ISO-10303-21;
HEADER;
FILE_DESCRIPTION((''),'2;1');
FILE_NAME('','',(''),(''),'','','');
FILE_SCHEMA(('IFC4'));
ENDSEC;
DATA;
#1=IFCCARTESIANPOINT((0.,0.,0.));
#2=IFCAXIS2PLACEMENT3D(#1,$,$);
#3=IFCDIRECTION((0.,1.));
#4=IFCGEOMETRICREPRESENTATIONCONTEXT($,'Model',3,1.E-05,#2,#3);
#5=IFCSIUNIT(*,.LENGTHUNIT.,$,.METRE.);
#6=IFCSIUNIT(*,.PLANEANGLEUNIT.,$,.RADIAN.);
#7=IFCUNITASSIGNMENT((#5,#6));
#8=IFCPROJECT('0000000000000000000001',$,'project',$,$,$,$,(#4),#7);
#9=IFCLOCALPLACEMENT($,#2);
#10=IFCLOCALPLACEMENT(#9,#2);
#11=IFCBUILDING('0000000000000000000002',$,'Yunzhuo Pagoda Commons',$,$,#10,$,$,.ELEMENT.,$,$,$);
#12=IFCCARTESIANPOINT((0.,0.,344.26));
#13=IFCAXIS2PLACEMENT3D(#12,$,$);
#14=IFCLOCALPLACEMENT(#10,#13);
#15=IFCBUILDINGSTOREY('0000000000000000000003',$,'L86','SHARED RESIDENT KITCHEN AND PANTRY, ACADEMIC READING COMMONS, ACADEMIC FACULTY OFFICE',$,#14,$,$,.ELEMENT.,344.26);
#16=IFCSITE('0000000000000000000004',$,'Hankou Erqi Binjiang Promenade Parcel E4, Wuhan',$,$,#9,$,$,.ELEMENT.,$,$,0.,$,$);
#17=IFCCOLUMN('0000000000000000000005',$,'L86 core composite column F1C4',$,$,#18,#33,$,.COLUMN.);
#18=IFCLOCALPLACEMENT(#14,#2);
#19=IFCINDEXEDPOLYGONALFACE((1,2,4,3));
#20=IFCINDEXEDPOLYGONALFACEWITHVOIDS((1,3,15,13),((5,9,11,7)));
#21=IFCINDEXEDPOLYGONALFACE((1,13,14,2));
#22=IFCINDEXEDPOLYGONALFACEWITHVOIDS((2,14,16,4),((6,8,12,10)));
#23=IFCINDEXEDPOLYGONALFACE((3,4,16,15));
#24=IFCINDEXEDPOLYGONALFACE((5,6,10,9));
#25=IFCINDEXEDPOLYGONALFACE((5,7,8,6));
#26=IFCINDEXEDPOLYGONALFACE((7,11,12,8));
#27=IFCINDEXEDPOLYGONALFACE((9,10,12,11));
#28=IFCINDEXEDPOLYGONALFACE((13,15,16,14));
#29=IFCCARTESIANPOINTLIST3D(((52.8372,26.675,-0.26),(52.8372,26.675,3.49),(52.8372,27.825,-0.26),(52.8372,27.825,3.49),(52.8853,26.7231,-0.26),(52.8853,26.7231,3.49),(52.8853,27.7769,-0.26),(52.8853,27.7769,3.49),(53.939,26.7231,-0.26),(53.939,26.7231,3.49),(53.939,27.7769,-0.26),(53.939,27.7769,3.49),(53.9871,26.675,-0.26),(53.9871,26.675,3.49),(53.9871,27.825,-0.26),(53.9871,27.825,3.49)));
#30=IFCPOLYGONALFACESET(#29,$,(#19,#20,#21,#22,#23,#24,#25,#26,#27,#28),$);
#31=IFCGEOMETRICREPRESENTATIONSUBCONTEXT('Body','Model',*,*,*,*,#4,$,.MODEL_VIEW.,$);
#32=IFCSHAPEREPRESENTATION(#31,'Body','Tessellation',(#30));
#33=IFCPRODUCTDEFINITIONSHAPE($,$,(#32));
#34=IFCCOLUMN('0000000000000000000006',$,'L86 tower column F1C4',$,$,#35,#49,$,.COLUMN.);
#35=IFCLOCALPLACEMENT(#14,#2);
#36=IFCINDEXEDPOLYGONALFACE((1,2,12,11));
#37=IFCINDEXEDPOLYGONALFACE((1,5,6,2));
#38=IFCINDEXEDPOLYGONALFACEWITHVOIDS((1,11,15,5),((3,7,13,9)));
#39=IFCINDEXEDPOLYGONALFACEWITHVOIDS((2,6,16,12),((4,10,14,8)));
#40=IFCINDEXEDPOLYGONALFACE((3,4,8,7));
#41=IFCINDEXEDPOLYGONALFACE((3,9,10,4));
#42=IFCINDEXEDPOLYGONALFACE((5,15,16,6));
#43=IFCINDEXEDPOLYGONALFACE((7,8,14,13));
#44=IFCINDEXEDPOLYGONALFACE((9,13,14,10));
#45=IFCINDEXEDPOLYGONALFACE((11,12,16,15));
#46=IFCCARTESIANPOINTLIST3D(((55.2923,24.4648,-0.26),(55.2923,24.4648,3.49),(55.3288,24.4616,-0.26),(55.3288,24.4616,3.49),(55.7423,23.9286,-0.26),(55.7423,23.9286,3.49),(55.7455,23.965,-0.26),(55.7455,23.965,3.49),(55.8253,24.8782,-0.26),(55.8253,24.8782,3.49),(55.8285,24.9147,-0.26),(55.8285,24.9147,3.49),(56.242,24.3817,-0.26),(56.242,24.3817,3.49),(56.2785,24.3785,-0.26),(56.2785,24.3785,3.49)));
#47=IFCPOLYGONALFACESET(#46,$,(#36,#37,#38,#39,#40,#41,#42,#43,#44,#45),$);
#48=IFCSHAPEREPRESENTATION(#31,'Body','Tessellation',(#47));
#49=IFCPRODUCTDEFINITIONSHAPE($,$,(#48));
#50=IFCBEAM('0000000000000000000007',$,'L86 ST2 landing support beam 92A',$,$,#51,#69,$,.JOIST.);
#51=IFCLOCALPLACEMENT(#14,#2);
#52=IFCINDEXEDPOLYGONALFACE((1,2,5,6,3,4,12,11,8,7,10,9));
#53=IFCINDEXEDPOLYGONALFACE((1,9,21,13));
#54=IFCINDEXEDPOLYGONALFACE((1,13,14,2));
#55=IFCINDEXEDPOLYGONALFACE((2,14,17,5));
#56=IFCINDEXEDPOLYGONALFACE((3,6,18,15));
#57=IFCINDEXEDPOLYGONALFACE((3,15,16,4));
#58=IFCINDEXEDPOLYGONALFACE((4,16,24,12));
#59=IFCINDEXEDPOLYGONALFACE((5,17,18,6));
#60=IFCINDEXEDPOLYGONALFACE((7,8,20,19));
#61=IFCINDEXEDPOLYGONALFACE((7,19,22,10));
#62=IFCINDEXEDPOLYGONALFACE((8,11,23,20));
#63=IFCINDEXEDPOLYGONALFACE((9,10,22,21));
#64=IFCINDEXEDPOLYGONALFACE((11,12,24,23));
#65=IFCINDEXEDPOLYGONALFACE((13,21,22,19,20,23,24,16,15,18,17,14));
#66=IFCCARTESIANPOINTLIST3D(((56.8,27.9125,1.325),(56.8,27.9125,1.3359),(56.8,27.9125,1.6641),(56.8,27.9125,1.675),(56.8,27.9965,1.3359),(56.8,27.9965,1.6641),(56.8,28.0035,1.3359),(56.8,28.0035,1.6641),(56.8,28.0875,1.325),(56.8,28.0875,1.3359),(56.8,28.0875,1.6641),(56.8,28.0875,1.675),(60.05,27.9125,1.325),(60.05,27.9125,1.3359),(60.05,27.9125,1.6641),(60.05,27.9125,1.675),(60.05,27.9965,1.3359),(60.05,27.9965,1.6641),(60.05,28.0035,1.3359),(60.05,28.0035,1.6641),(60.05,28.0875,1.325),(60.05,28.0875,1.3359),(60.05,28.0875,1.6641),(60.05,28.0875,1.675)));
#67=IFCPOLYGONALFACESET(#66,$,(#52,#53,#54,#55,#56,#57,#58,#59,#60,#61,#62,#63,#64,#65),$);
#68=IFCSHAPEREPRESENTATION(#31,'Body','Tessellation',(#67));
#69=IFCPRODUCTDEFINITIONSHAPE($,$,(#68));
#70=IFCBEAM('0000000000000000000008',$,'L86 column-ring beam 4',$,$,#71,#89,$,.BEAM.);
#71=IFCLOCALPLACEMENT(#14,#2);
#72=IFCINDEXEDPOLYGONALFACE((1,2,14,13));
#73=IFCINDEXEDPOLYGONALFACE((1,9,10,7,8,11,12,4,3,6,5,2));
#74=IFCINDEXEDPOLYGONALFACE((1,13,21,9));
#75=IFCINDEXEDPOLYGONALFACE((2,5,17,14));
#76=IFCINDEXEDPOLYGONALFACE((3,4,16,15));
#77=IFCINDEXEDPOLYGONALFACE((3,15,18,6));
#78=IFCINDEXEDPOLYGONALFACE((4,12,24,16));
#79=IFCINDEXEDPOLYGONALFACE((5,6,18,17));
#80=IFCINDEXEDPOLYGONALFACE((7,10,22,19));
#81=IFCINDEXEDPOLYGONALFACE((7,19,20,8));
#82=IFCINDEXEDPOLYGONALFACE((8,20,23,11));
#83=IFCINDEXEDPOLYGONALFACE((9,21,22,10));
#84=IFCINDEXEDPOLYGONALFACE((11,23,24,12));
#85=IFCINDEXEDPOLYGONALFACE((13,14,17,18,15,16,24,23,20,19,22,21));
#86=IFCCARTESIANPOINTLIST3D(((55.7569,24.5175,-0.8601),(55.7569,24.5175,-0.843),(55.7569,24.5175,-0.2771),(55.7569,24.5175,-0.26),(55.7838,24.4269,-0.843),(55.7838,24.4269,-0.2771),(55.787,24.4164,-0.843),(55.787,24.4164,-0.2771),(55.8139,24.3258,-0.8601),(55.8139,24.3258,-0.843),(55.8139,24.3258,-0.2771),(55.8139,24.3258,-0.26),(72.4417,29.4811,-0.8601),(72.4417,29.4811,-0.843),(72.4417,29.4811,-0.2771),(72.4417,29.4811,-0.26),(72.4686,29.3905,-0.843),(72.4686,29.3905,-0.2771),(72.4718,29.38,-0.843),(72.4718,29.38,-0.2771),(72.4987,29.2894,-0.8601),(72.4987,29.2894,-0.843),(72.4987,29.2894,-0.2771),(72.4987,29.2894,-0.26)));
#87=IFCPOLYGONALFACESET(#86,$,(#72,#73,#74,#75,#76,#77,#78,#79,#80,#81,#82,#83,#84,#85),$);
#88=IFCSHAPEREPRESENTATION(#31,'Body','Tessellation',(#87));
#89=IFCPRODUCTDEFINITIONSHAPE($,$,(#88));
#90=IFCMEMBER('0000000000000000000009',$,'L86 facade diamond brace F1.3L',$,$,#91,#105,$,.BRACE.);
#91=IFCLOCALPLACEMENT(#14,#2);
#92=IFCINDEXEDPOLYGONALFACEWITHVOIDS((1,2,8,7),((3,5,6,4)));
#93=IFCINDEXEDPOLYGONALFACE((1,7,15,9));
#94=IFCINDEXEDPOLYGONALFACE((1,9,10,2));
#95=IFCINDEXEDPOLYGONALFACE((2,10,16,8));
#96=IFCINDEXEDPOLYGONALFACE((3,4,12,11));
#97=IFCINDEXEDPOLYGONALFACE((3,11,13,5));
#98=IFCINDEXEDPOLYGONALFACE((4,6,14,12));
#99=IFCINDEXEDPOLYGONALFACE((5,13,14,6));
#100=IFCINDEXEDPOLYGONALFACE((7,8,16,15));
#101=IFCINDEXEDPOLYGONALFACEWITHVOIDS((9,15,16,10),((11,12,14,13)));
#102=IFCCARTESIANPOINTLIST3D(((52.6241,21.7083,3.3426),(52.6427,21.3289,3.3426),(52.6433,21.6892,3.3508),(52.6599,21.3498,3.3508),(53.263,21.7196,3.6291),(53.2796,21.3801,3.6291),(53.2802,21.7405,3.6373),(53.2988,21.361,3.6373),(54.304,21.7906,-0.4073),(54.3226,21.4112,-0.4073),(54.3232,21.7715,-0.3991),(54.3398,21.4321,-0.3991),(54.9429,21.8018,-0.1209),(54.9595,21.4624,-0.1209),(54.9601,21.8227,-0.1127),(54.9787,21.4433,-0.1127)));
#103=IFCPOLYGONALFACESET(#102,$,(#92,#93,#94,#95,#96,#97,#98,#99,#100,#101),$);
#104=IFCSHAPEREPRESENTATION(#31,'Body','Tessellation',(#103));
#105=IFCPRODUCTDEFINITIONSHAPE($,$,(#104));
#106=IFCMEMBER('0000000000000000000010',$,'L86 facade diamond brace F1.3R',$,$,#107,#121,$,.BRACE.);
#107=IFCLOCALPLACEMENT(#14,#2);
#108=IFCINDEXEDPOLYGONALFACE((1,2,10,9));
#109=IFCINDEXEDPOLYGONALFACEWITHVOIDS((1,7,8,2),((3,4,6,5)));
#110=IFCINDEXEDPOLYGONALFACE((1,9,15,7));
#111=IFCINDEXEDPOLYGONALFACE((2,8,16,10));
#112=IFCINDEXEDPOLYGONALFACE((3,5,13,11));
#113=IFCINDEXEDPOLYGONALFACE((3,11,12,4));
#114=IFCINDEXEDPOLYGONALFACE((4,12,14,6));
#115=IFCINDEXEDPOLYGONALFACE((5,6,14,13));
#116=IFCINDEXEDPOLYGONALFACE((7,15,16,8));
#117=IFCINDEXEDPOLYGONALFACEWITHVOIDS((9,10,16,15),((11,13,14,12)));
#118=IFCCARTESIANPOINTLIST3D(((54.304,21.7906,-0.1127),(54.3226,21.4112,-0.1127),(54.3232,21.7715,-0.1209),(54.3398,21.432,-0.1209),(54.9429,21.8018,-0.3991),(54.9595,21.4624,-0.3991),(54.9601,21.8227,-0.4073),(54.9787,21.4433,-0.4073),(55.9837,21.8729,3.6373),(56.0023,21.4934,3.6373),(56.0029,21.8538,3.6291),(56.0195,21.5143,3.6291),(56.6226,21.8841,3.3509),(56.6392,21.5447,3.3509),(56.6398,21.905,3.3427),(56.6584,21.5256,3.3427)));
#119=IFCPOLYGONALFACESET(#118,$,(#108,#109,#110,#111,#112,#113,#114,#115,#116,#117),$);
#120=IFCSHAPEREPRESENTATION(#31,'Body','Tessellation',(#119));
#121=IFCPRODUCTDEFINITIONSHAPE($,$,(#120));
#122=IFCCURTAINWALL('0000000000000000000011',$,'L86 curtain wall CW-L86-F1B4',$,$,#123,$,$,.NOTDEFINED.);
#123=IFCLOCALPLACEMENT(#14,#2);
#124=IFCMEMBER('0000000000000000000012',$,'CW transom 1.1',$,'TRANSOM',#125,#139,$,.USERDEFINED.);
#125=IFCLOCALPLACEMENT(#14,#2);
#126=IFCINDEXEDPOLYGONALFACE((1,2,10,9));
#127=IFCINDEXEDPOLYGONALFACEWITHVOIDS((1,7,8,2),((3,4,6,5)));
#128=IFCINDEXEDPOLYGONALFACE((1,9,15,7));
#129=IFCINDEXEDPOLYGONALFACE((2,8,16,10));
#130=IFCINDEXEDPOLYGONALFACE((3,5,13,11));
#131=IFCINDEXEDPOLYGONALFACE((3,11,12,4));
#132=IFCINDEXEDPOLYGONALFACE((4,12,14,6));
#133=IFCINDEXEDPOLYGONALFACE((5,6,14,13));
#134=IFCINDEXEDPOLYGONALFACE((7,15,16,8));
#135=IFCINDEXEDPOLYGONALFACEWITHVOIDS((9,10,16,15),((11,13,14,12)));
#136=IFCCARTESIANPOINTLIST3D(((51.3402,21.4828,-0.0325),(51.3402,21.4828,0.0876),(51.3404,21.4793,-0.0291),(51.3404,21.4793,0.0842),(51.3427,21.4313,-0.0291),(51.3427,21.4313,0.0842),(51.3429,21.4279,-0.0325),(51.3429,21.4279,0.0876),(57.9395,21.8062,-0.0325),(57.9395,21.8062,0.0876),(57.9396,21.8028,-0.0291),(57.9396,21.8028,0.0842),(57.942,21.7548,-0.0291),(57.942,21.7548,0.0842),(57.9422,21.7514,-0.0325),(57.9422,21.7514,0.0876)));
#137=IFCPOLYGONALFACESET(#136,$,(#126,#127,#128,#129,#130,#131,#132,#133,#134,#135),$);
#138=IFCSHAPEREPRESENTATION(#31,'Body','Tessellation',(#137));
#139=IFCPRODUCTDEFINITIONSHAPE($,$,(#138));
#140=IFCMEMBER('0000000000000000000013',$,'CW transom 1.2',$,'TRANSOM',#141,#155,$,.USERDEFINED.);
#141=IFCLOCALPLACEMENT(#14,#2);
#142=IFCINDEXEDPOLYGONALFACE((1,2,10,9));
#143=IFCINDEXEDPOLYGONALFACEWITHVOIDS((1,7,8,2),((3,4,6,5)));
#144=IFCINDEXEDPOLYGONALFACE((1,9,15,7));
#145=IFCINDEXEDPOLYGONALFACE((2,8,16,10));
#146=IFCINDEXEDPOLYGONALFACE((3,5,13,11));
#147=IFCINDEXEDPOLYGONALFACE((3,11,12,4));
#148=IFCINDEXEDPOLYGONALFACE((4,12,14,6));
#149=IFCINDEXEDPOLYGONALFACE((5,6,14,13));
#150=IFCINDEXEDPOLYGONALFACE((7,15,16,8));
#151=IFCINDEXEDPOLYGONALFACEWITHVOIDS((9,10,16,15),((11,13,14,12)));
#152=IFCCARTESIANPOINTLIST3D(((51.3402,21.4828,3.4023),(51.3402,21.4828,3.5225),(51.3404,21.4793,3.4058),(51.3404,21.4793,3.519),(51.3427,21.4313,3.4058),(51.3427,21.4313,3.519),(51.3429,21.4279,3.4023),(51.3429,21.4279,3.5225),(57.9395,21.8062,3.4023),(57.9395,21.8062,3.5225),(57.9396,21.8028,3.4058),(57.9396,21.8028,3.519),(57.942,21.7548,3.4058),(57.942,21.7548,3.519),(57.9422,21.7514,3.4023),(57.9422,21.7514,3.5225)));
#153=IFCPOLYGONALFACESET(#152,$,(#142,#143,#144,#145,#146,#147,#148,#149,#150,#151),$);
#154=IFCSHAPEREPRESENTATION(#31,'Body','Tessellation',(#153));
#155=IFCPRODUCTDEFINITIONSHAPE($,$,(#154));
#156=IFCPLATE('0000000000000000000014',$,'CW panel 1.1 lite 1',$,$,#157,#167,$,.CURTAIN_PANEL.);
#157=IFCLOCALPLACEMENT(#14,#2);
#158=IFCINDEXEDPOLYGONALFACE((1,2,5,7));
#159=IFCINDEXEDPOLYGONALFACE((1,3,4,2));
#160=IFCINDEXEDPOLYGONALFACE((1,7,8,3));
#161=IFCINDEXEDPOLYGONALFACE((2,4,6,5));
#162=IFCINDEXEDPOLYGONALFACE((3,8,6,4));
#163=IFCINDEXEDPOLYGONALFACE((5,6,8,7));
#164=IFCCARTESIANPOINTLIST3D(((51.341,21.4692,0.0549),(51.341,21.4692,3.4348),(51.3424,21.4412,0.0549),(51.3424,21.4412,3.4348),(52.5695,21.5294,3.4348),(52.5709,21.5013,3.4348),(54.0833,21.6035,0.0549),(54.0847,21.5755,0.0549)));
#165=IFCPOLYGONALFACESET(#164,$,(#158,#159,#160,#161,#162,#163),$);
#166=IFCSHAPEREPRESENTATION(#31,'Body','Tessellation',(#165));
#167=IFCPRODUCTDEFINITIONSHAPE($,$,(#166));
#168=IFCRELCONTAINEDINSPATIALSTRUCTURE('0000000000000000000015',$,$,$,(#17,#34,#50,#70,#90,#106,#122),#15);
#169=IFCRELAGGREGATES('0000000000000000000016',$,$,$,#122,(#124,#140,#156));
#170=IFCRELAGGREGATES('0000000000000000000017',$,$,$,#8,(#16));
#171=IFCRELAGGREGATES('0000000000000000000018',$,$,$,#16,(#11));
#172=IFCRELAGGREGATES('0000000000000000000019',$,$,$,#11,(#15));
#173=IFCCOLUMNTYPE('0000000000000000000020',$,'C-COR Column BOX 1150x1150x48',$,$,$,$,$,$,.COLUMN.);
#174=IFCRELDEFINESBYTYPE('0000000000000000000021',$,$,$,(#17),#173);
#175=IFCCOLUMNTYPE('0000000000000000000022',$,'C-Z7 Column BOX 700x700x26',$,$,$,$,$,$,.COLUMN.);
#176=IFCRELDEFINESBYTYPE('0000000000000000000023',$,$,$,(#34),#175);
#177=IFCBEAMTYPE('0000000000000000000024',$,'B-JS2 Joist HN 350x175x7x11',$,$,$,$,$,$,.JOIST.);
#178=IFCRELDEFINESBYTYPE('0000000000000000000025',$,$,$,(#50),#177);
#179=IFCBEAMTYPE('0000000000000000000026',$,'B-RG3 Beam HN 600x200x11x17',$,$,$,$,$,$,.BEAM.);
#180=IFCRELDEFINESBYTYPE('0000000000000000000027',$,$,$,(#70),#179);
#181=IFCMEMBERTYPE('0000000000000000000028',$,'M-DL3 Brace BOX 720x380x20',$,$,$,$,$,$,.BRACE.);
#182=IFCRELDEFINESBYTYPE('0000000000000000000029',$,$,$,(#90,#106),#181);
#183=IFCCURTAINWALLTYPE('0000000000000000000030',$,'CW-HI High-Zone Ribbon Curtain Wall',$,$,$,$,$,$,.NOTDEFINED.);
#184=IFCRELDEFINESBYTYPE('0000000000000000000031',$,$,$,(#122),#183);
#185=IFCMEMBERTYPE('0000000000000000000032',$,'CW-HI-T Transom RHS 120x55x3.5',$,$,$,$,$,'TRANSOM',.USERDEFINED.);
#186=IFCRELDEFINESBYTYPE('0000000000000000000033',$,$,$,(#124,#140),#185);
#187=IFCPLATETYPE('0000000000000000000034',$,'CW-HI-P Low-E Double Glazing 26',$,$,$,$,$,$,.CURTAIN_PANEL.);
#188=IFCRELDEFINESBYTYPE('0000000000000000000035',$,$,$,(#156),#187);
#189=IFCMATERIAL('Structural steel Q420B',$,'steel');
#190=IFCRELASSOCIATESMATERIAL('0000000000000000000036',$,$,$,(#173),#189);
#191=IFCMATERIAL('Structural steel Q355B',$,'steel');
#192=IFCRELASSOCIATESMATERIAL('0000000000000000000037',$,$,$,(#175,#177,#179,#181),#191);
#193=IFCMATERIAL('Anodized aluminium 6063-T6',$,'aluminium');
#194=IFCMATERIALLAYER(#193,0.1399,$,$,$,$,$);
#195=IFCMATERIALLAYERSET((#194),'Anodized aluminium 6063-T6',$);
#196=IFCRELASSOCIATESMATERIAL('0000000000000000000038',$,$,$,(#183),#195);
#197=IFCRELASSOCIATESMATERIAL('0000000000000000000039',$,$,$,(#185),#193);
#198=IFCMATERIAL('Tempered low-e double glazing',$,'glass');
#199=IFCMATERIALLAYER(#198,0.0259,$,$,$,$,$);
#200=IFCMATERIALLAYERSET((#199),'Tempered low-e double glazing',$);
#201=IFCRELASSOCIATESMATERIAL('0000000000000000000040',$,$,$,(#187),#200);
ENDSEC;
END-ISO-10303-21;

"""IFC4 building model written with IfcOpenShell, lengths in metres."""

from ifc_helpers import new_model, si_unit, direction, frame, origin, origin_2d, place, context, subcontext, project, spatial, polyline, hollow_rectangle, i_section, outline, extrude, source, transform, mapped, material, layer, layer_set, material_profile, profile_set, type_object, element, aggregate, save


model = new_model("IFC4")

# Units and contexts
model_context = context("Model", 3, precision=1e-05, world=origin(), true_north=direction((0.0, 1.0)))
body_context = subcontext(model_context, "Body", "Model", "MODEL_VIEW")
ifc_project = project(units=[si_unit("LENGTHUNIT", "METRE"), si_unit("PLANEANGLEUNIT", "RADIAN")], contexts=[model_context])

# Site, building, storey
site_placement = place(None, origin())
site = spatial("IfcSite", under=ifc_project, at=site_placement, Name="Hankou Erqi Binjiang Promenade Parcel E4, Wuhan", CompositionType="ELEMENT", RefElevation=0.0)
building_placement = place(site_placement, origin())
building = spatial("IfcBuilding", under=site, at=building_placement, Name="Yunzhuo Pagoda Commons", CompositionType="ELEMENT")
storey_placement = place(building_placement, frame((0.0, 0.0, 344.26)))
storey = spatial("IfcBuildingStorey", under=building, at=storey_placement, Name="L86", Description="SHARED RESIDENT KITCHEN AND PANTRY, ACADEMIC READING COMMONS, ACADEMIC FACULTY OFFICE", CompositionType="ELEMENT", Elevation=344.26)

# Columns
ifc_material_1 = material(Name="Structural steel Q420B", Category="steel")
ifc_material_profile_1 = material_profile(ifc_material_1, hollow_rectangle(XDim=1.1499, YDim=1.1499, WallThickness=0.0481, at=origin_2d()), Name="Structural steel Q420B")
ifc_profile_set_1 = profile_set([ifc_material_profile_1], Name="Structural steel Q420B")
column_type_1 = type_object("IfcColumnType", Name="C-COR Column BOX 1150x1150x48", PredefinedType="COLUMN", material=ifc_profile_set_1)
shared_shape_1 = source(origin(), body_context, "Body", "SweptSolid", [
    extrude(hollow_rectangle(XDim=1.1499, YDim=1.1499, WallThickness=0.0481, at=origin_2d()), origin(), (0.0, 0.0, 1.0), 3.75),
])
column_1_placement = place(storey_placement, frame((53.4121, 27.25, -0.26), z_axis=(0.0, 0.0, 1.0), x_axis=(1.0, 0.0, 0.0)))
element("IfcColumn", 1, at=column_1_placement, inside=storey, type_object=column_type_1, Name="L86 core composite column F1C4", PredefinedType="COLUMN", context=body_context, shape_type="MappedRepresentation", body=[
    mapped(shared_shape_1, transform((0.0, 0.0, 0.0), scale=1.0)),
])
ifc_material_2 = material(Name="Structural steel Q355B", Category="steel")
ifc_material_profile_2 = material_profile(ifc_material_2, hollow_rectangle(XDim=0.7, YDim=0.7, WallThickness=0.0259, at=origin_2d()), Name="Structural steel Q355B")
ifc_profile_set_2 = profile_set([ifc_material_profile_2], Name="Structural steel Q355B")
column_type_2 = type_object("IfcColumnType", Name="C-Z7 Column BOX 700x700x26", PredefinedType="COLUMN", material=ifc_profile_set_2)
shared_shape_2 = source(origin(), body_context, "Body", "SweptSolid", [
    extrude(hollow_rectangle(XDim=0.7, YDim=0.7, WallThickness=0.0259, at=origin_2d()), origin(), (0.0, 0.0, 1.0), 3.75),
])
column_2_placement = place(storey_placement, frame((55.7854, 24.4216, -0.26), z_axis=(0.0, 0.0, 1.0), x_axis=(0.766044, 0.642788, 0.0)))
element("IfcColumn", 2, at=column_2_placement, inside=storey, type_object=column_type_2, Name="L86 tower column F1C4", PredefinedType="COLUMN", context=body_context, shape_type="MappedRepresentation", body=[
    mapped(shared_shape_2, transform((0.0, 0.0, 0.0), scale=1.0)),
])

# Beams
ifc_material_profile_3 = material_profile(ifc_material_2, i_section(OverallWidth=0.175, OverallDepth=0.3501, WebThickness=0.0071, FlangeThickness=0.011, at=origin_2d()), Name="Structural steel Q355B")
ifc_profile_set_3 = profile_set([ifc_material_profile_3], Name="Structural steel Q355B")
beam_type_1 = type_object("IfcBeamType", Name="B-JS2 Joist HN 350x175x7x11", PredefinedType="JOIST", material=ifc_profile_set_3)
shared_shape_3 = source(origin(), body_context, "Body", "SweptSolid", [
    extrude(i_section(OverallWidth=0.175, OverallDepth=0.3501, WebThickness=0.0071, FlangeThickness=0.011, at=origin_2d()), origin(), (0.0, 0.0, 1.0), 3.25),
])
beam_1_placement = place(storey_placement, frame((56.8, 28.0, 1.5), z_axis=(1.0, 0.0, 0.0), x_axis=(0.0, 1.0, 0.0)))
element("IfcBeam", 3, at=beam_1_placement, inside=storey, type_object=beam_type_1, Name="L86 ST2 landing support beam 92A", PredefinedType="JOIST", context=body_context, shape_type="MappedRepresentation", body=[
    mapped(shared_shape_3, transform((0.0, 0.0, 0.0), scale=1.0)),
])
ifc_material_profile_4 = material_profile(ifc_material_2, i_section(OverallWidth=0.2, OverallDepth=0.6001, WebThickness=0.011, FlangeThickness=0.0171, at=origin_2d()), Name="Structural steel Q355B")
ifc_profile_set_4 = profile_set([ifc_material_profile_4], Name="Structural steel Q355B")
beam_type_2 = type_object("IfcBeamType", Name="B-RG3 Beam HN 600x200x11x17", PredefinedType="BEAM", material=ifc_profile_set_4)
shared_shape_4 = source(origin(), body_context, "Body", "SweptSolid", [
    extrude(i_section(OverallWidth=0.2, OverallDepth=0.6001, WebThickness=0.011, FlangeThickness=0.0171, at=origin_2d()), origin(), (0.0, 0.0, 1.0), 17.4075),
])
beam_2_placement = place(storey_placement, frame((55.7854, 24.4216, -0.5601), z_axis=(0.958485, 0.285143, 0.0), x_axis=(-0.285143, 0.958485, 0.0)))
element("IfcBeam", 4, at=beam_2_placement, inside=storey, type_object=beam_type_2, Name="L86 column-ring beam 4", PredefinedType="BEAM", context=body_context, shape_type="MappedRepresentation", body=[
    mapped(shared_shape_4, transform((0.0, 0.0, 0.0), scale=1.0)),
])

# Members
ifc_material_profile_5 = material_profile(ifc_material_2, hollow_rectangle(XDim=0.3799, YDim=0.72, WallThickness=0.02, at=origin_2d()), Name="Structural steel Q355B")
ifc_profile_set_5 = profile_set([ifc_material_profile_5], Name="Structural steel Q355B")
member_type_1 = type_object("IfcMemberType", Name="M-DL3 Brace BOX 720x380x20", PredefinedType="BRACE", material=ifc_profile_set_5)
shared_shape_5 = source(origin(), body_context, "Body", "SweptSolid", [
    extrude(hollow_rectangle(XDim=0.3799, YDim=0.72, WallThickness=0.02, at=origin_2d()), origin(), (0.0, 0.0, 1.0), 4.1099),
])
for number, where, z_axis, x_axis, name in (
    (5, (54.6414, 21.6169, -0.26), (-0.40875, -0.020019, 0.912427), (0.048917, -0.998803, 0.0), "L86 facade diamond brace F1.3L"),
    (6, (54.6414, 21.6169, -0.26), (0.408701, 0.020019, 0.912449), (-0.048924, 0.998803, 0.0), "L86 facade diamond brace F1.3R"),
):
    element("IfcMember", number, at=place(storey_placement, frame(where, z_axis=z_axis, x_axis=x_axis)), inside=storey, type_object=member_type_1, Name=name, PredefinedType="BRACE", context=body_context, shape_type="MappedRepresentation", body=[
        mapped(shared_shape_5, transform((0.0, 0.0, 0.0), scale=1.0)),
    ])

# Curtain wall, members, plate
ifc_material_3 = material(Name="Anodized aluminium 6063-T6", Category="aluminium")
ifc_layer_1 = layer(ifc_material_3, 0.1399)
ifc_layer_set_1 = layer_set([ifc_layer_1], Name="Anodized aluminium 6063-T6")
curtain_wall_type = type_object("IfcCurtainWallType", Name="CW-HI High-Zone Ribbon Curtain Wall", PredefinedType="NOTDEFINED", material=ifc_layer_set_1)
curtain_wall_placement = place(storey_placement, origin())
curtain_wall = element("IfcCurtainWall", 7, at=curtain_wall_placement, inside=storey, type_object=curtain_wall_type, Name="L86 curtain wall CW-L86-F1B4", PredefinedType="NOTDEFINED")
ifc_material_profile_6 = material_profile(ifc_material_3, hollow_rectangle(XDim=0.0549, YDim=0.1201, WallThickness=0.0034, at=origin_2d()), Name="Anodized aluminium 6063-T6")
ifc_profile_set_6 = profile_set([ifc_material_profile_6], Name="Anodized aluminium 6063-T6")
member_type_2 = type_object("IfcMemberType", Name="CW-HI-T Transom RHS 120x55x3.5", ElementType="TRANSOM", PredefinedType="USERDEFINED", material=ifc_profile_set_6)
shared_shape_6 = source(origin(), body_context, "Body", "SweptSolid", [
    extrude(hollow_rectangle(XDim=0.0549, YDim=0.1201, WallThickness=0.0034, at=origin_2d()), origin(), (0.0, 0.0, 1.0), 6.6072),
])
member_1_placement = place(storey_placement, frame((51.3416, 21.4553, 0.0276), z_axis=(0.998801, 0.048959, 0.0), x_axis=(-0.048959, 0.998801, 0.0)))
member_1 = element("IfcMember", 8, at=member_1_placement, type_object=member_type_2, Name="CW transom 1.1", ObjectType="TRANSOM", PredefinedType="USERDEFINED", context=body_context, shape_type="MappedRepresentation", body=[
    mapped(shared_shape_6, transform((0.0, 0.0, 0.0), scale=1.0)),
])
member_2_placement = place(storey_placement, frame((51.3416, 21.4553, 3.4624), z_axis=(0.998801, 0.048959, 0.0), x_axis=(-0.048959, 0.998801, 0.0)))
member_2 = element("IfcMember", 9, at=member_2_placement, type_object=member_type_2, Name="CW transom 1.2", ObjectType="TRANSOM", PredefinedType="USERDEFINED", context=body_context, shape_type="MappedRepresentation", body=[
    mapped(shared_shape_6, transform((0.0, 0.0, 0.0), scale=1.0)),
])
ifc_material_4 = material(Name="Tempered low-e double glazing", Category="glass")
ifc_layer_2 = layer(ifc_material_4, 0.0259)
ifc_layer_set_2 = layer_set([ifc_layer_2], Name="Tempered low-e double glazing")
plate_type_1 = type_object("IfcPlateType", Name="CW-HI-P Low-E Double Glazing 26", PredefinedType="CURTAIN_PANEL", material=ifc_layer_set_2)
plate_1_placement = place(storey_placement, frame((52.7122, 21.5364, 1.7449), z_axis=(0.048906, -0.998803, 0.0), x_axis=(0.998803, 0.048906, 0.0)))
plate_1 = element("IfcPlate", 10, at=plate_1_placement, type_object=plate_type_1, Name="CW panel 1.1 lite 1", PredefinedType="CURTAIN_PANEL", context=body_context, shape_type="SweptSolid", body=[
    extrude(outline(polyline([(-1.3728, -1.6899), (1.3728, -1.6899), (-0.1428, 1.6899), (-1.3728, 1.6899), (-1.3728, -1.6899)])), origin(), (0.0, 0.0, 1.0), 0.0281),
])
aggregate(curtain_wall, [member_1, member_2, plate_1])

save(model, "model.ifc")
